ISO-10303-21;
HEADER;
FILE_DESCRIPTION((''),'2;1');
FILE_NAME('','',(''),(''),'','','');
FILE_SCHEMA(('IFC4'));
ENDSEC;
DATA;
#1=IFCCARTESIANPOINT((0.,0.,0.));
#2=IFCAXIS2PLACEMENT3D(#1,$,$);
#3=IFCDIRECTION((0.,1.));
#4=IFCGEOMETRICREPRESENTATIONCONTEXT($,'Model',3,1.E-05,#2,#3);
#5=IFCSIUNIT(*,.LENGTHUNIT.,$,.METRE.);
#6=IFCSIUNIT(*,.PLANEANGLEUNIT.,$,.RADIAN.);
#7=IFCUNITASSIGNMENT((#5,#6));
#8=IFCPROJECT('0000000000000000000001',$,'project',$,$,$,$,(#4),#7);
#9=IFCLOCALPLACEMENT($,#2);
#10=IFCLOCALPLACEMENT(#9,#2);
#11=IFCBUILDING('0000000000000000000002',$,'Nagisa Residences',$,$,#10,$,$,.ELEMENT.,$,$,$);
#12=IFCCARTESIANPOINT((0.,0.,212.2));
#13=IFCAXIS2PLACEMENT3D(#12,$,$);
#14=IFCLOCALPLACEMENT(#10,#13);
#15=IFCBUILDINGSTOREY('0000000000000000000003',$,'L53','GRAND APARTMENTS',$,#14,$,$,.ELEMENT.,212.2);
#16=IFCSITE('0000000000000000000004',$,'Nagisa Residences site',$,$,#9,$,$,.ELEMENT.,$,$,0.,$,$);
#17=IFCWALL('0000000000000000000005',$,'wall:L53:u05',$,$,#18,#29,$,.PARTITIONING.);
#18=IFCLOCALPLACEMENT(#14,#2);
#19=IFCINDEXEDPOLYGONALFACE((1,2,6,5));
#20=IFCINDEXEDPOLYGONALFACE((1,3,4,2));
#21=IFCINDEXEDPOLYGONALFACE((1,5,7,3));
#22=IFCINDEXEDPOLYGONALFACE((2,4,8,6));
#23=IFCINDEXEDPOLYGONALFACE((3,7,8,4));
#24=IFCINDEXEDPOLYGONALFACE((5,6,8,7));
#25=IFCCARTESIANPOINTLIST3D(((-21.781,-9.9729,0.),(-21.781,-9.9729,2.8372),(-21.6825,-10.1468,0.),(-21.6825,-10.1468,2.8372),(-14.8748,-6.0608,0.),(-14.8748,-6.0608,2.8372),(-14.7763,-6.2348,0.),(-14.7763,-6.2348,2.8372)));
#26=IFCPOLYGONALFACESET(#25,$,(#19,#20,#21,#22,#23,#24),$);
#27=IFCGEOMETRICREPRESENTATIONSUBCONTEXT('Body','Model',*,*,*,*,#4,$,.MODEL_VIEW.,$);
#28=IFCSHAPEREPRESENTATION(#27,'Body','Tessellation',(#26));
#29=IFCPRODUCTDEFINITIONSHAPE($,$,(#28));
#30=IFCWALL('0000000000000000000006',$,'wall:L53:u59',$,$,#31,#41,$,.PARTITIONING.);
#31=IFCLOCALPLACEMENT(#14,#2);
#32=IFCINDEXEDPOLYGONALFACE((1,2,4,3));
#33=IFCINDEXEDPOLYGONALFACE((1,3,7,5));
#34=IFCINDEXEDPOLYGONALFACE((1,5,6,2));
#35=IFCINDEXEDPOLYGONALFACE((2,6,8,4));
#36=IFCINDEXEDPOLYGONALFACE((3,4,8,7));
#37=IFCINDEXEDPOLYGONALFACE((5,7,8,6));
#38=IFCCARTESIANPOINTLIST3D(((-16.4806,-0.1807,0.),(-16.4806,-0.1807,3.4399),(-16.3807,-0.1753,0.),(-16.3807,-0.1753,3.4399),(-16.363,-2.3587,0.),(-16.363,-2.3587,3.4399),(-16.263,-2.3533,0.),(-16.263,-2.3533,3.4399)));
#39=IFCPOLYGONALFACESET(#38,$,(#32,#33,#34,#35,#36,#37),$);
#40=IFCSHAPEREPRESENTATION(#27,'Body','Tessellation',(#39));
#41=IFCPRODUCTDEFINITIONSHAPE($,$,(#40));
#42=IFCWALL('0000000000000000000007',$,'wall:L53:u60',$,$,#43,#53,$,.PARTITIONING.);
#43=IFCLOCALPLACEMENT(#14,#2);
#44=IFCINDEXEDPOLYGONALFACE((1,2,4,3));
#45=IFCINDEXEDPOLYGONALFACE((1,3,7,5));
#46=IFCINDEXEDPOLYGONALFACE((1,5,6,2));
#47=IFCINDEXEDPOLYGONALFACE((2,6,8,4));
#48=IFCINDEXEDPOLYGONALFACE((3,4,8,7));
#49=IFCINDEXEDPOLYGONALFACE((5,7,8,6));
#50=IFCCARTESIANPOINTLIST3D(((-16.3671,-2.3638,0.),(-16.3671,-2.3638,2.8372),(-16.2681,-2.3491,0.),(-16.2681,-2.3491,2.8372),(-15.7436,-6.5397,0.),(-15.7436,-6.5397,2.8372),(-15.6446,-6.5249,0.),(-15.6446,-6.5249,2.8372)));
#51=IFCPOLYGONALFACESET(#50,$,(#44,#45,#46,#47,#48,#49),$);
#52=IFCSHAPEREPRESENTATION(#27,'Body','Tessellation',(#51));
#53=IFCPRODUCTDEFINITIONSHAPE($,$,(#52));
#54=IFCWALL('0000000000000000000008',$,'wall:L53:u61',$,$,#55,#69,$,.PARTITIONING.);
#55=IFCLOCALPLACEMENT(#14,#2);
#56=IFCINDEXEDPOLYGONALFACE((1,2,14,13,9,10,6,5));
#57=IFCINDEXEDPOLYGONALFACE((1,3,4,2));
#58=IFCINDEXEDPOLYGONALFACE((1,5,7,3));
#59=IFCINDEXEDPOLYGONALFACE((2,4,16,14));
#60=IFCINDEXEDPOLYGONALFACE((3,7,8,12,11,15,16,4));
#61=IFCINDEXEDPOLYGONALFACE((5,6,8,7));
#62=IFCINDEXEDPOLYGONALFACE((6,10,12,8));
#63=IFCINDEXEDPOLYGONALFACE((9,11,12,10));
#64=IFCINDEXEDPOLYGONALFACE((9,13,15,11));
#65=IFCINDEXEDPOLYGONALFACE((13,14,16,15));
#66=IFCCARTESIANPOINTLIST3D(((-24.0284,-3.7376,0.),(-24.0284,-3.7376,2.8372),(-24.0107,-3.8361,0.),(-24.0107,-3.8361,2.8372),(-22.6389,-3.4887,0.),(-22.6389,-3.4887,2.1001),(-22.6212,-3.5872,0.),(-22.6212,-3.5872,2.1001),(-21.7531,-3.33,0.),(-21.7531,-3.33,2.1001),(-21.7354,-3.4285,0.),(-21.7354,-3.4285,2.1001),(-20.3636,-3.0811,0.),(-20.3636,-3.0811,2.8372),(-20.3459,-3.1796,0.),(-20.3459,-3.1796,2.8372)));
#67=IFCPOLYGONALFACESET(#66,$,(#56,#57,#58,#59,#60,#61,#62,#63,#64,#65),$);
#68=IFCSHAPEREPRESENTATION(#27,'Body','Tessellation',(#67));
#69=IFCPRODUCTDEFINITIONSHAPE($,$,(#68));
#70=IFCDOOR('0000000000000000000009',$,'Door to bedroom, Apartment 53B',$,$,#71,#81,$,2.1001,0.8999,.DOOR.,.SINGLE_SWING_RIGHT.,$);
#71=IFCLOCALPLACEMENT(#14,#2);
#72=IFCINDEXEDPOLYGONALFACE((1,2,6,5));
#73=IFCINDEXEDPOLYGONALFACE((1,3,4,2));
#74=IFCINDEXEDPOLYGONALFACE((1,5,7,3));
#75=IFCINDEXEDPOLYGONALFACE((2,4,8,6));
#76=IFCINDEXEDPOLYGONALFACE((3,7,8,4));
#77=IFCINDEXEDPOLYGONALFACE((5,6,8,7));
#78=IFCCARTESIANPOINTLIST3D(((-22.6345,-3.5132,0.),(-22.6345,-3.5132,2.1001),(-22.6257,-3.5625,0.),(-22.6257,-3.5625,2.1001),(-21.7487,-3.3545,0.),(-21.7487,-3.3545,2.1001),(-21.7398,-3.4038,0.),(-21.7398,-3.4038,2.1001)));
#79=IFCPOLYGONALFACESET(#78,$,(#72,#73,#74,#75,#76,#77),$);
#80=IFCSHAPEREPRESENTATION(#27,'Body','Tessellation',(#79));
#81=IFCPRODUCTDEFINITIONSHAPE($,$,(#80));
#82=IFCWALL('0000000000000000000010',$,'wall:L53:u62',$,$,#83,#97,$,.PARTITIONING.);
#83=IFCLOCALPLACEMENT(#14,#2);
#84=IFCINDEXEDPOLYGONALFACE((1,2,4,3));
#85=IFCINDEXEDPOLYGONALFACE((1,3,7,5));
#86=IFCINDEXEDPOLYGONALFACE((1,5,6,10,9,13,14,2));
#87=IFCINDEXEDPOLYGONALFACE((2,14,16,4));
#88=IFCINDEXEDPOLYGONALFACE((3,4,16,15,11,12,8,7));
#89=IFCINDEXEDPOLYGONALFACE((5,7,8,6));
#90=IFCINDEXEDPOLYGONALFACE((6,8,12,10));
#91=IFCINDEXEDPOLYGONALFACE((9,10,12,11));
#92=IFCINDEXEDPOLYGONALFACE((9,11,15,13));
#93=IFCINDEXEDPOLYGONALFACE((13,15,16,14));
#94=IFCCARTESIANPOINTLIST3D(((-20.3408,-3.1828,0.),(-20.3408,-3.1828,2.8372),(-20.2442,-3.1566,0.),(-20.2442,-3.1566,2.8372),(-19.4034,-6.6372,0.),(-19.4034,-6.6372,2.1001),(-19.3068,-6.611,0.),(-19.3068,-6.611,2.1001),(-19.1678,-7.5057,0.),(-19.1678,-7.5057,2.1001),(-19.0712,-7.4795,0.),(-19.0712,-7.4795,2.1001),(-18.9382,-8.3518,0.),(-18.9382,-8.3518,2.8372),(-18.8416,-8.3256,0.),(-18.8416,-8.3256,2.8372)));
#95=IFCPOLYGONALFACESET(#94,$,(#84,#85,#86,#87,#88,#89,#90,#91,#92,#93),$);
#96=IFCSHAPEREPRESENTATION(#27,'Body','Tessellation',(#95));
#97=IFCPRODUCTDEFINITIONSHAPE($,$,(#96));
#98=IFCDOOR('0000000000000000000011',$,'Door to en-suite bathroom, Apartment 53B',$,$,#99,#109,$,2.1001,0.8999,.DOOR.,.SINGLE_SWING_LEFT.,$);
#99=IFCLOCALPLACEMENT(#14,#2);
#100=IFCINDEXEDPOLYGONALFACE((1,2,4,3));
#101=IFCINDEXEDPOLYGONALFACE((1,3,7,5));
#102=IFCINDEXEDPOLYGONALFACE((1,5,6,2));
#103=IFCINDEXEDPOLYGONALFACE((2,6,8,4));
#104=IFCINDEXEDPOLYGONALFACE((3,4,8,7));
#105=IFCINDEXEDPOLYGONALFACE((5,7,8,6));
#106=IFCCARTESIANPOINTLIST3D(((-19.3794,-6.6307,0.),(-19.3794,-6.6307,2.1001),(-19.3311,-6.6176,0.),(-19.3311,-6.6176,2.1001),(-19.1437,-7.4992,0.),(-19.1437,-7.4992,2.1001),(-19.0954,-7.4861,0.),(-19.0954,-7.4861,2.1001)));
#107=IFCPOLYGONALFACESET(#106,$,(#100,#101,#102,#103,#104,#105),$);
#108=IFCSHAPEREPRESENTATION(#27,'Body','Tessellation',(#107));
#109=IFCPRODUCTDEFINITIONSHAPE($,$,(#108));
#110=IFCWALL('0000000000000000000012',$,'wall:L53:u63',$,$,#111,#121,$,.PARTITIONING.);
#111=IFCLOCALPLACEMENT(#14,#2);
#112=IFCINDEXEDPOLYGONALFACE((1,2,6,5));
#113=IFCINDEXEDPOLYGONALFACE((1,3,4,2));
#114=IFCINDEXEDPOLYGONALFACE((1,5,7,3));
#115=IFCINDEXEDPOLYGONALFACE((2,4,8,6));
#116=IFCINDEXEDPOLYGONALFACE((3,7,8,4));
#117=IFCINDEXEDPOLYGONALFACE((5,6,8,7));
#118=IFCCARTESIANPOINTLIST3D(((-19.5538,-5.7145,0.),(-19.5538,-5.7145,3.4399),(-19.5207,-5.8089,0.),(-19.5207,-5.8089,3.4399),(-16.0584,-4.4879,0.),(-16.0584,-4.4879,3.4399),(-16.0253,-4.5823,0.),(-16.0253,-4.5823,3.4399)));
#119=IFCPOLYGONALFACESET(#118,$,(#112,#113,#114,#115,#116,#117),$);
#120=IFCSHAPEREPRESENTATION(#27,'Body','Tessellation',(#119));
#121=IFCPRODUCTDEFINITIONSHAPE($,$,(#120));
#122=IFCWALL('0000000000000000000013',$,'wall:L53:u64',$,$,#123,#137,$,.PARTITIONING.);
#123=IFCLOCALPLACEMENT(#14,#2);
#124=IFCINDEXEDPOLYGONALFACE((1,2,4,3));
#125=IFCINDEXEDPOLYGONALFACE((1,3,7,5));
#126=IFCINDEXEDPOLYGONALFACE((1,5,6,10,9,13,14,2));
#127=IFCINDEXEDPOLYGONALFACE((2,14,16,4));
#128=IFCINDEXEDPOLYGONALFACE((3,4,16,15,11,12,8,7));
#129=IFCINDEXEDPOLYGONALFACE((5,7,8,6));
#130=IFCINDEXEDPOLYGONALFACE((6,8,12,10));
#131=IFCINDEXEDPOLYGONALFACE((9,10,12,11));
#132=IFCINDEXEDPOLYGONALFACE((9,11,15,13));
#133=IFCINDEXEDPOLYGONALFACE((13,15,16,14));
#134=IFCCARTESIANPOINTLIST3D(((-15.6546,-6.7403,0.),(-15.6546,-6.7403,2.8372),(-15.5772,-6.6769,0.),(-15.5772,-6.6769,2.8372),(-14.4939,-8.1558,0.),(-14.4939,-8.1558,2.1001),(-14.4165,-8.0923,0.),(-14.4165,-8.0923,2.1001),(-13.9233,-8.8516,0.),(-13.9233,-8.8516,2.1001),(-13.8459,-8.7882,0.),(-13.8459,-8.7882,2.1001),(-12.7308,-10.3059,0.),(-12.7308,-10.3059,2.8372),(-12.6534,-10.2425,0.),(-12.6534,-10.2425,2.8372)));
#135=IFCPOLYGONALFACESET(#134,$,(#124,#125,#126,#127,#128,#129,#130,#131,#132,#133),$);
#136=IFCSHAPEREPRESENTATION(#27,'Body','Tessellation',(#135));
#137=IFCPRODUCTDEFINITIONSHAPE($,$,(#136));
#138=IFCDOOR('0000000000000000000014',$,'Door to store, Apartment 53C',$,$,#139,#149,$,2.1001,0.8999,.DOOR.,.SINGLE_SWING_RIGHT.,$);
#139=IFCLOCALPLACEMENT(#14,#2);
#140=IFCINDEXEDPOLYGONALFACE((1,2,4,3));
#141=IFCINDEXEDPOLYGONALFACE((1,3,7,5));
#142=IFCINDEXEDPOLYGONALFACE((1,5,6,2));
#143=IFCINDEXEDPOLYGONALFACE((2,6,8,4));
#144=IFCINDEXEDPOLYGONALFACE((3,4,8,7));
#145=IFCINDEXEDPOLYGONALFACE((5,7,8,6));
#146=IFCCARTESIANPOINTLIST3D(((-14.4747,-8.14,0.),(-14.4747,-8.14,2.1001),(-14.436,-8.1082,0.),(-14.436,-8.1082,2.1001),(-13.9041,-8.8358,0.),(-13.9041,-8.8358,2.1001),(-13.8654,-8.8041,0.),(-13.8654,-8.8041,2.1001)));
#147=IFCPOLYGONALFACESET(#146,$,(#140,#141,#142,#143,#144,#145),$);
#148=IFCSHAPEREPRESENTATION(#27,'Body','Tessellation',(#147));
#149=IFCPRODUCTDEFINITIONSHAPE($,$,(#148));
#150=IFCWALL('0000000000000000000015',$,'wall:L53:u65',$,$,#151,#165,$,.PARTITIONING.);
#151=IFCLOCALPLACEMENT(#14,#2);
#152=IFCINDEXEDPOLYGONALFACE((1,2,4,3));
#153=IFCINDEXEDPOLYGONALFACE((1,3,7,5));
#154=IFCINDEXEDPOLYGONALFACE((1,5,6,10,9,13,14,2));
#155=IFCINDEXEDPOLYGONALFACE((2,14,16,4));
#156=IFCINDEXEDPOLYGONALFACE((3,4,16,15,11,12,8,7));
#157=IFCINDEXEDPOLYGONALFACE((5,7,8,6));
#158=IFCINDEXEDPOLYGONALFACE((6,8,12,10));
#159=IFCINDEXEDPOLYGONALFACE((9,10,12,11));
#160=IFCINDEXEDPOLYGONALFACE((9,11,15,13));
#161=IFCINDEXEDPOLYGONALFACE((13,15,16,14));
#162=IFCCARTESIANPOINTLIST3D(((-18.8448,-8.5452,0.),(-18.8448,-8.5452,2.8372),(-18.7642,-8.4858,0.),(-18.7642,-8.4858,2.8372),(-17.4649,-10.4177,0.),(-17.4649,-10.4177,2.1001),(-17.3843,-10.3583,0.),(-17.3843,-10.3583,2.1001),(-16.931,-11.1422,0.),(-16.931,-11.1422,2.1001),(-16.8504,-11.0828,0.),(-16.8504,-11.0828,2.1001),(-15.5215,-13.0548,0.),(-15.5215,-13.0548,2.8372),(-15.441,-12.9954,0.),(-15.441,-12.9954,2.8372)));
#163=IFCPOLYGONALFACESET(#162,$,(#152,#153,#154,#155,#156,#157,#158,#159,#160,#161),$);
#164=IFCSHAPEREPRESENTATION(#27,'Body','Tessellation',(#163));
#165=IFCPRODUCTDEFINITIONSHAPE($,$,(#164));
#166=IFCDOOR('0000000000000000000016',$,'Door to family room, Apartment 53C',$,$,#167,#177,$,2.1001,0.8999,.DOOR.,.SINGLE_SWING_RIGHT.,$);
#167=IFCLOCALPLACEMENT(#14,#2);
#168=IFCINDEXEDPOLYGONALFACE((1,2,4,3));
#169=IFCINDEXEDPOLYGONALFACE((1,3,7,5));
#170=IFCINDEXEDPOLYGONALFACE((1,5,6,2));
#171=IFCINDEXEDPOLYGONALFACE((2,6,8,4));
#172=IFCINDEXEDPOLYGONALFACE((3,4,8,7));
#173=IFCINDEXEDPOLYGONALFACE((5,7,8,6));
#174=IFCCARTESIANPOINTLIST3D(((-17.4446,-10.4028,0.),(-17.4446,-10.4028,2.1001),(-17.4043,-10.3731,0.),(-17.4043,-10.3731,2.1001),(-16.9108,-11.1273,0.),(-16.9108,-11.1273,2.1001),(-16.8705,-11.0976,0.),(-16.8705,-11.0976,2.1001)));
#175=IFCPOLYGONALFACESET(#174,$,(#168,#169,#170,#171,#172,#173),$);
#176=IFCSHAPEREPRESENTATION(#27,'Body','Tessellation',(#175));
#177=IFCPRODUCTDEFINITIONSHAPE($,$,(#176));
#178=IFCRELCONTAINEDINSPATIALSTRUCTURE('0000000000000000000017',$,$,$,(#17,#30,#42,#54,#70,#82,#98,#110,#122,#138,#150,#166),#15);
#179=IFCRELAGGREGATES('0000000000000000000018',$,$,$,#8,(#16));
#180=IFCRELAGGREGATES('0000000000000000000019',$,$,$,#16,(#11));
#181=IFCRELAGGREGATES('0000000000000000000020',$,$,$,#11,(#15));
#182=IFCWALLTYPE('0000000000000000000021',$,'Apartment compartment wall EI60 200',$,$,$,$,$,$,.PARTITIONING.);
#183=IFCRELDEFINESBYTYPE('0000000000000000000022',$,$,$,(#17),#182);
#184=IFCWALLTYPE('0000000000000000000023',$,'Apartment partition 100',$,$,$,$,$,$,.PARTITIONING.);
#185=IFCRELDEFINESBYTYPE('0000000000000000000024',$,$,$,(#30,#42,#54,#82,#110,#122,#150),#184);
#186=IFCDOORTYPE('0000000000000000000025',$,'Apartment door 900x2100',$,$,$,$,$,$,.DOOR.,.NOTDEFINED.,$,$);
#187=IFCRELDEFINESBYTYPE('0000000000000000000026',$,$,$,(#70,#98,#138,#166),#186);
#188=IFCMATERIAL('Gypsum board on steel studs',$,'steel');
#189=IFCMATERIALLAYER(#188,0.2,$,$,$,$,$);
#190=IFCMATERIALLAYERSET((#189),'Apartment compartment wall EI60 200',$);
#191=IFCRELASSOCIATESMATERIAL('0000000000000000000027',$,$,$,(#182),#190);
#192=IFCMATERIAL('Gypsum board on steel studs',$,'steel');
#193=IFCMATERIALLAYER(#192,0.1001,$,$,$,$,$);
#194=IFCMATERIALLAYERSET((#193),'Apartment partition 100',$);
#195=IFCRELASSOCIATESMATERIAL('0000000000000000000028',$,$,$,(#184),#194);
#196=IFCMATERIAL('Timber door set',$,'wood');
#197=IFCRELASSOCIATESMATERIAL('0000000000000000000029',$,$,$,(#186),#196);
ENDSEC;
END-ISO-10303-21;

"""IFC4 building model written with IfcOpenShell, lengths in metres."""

from ifc_helpers import new_model, si_unit, direction, frame, frame_2d, origin, place, context, subcontext, project, spatial, rectangle, extrude, material, layer, layer_set, type_object, element, fill, save


model = new_model("IFC4")

# Units and contexts
model_context = context("Model", 3, precision=1e-05, world=origin(), true_north=direction((0.0, 1.0)))
body_context = subcontext(model_context, "Body", "Model", "MODEL_VIEW")
ifc_project = project(units=[si_unit("LENGTHUNIT", "METRE"), si_unit("PLANEANGLEUNIT", "RADIAN")], contexts=[model_context])

# Site, building, storey
site_placement = place(None, origin())
site = spatial("IfcSite", under=ifc_project, at=site_placement, Name="Nagisa Residences site", CompositionType="ELEMENT", RefElevation=0.0)
building_placement = place(site_placement, origin())
building = spatial("IfcBuilding", under=site, at=building_placement, Name="Nagisa Residences", CompositionType="ELEMENT")
storey_placement = place(building_placement, frame((0.0, 0.0, 212.2)))
storey = spatial("IfcBuildingStorey", under=building, at=storey_placement, Name="L53", Description="GRAND APARTMENTS", CompositionType="ELEMENT", Elevation=212.2)

# Walls
ifc_material_1 = material(Name="Gypsum board on steel studs", Category="steel")
ifc_layer_1 = layer(ifc_material_1, 0.2)
ifc_layer_set_1 = layer_set([ifc_layer_1], Name="Apartment compartment wall EI60 200")
wall_type_1 = type_object("IfcWallType", Name="Apartment compartment wall EI60 200", PredefinedType="PARTITIONING", material=ifc_layer_set_1)
wall_1_placement = place(storey_placement, frame((-14.8254, -6.1477, 0.0), z_axis=(0.0, 0.0, 1.0), x_axis=(-0.8701, -0.492876, 0.0)))
element("IfcWall", 1, at=wall_1_placement, inside=storey, type_object=wall_type_1, Name="wall:L53:u05", PredefinedType="PARTITIONING", context=body_context, shape_type="SweptSolid", body=[
    extrude(rectangle(XDim=7.9373, YDim=0.2, at=frame_2d((3.9688, 0.0))), origin(), (0.0, 0.0, 1.0), 2.8372),
])
ifc_material_2 = material(Name="Gypsum board on steel studs", Category="steel")
ifc_layer_2 = layer(ifc_material_2, 0.1001)
ifc_layer_set_2 = layer_set([ifc_layer_2], Name="Apartment partition 100")
wall_type_2 = type_object("IfcWallType", Name="Apartment partition 100", PredefinedType="PARTITIONING", material=ifc_layer_set_2)
wall_2_placement = place(storey_placement, frame((-16.4307, -0.178, 0.0), z_axis=(0.0, 0.0, 1.0), x_axis=(0.053951, -0.998544, 0.0)))
element("IfcWall", 2, at=wall_2_placement, inside=storey, type_object=wall_type_2, Name="wall:L53:u59", PredefinedType="PARTITIONING", context=body_context, shape_type="SweptSolid", body=[
    extrude(rectangle(XDim=2.1812, YDim=0.1001, at=frame_2d((1.0906, 0.0))), origin(), (0.0, 0.0, 1.0), 3.4399),
])
wall_3_placement = place(storey_placement, frame((-16.3176, -2.3564, 0.0), z_axis=(0.0, 0.0, 1.0), x_axis=(0.147684, -0.989035, 0.0)))
element("IfcWall", 3, at=wall_3_placement, inside=storey, type_object=wall_type_2, Name="wall:L53:u60", PredefinedType="PARTITIONING", context=body_context, shape_type="SweptSolid", body=[
    extrude(rectangle(XDim=4.2222, YDim=0.1001, at=frame_2d((2.1111, 0.0))), origin(), (0.0, 0.0, 1.0), 2.8372),
])

# Walls, openings, doors
wall_4_placement = place(storey_placement, frame((-20.3547, -3.1304, 0.0), z_axis=(0.0, 0.0, 1.0), x_axis=(-0.984331, -0.176328, 0.0)))
wall_4 = element("IfcWall", 4, at=wall_4_placement, inside=storey, type_object=wall_type_2, Name="wall:L53:u61", PredefinedType="PARTITIONING", context=body_context, shape_type="SweptSolid", body=[
    extrude(rectangle(XDim=3.7231, YDim=0.1001, at=frame_2d((1.8616, 0.0))), origin(), (0.0, 0.0, 1.0), 2.8372),
])
opening_1_placement = place(wall_4_placement, frame((1.4116, 0.0, 0.0)))
opening_1 = element("IfcOpeningElement", 5, at=opening_1_placement, cuts=wall_4, PredefinedType="OPENING", context=body_context, shape_type="SweptSolid", body=[
    extrude(rectangle(XDim=0.8999, YDim=2.1001, at=frame_2d((0.45, 1.05))), frame((0.0, 0.0601, 0.0), z_axis=(0.0, -1.0, 0.0), x_axis=(1.0, 0.0, 0.0)), (0.0, 0.0, 1.0), 0.1201),
])
ifc_material_3 = material(Name="Timber door set", Category="wood")
door_type_1 = type_object("IfcDoorType", Name="Apartment door 900x2100", OperationType="NOTDEFINED", PredefinedType="DOOR", material=ifc_material_3)
door_1_placement = place(opening_1_placement, origin())
door_1 = element("IfcDoor", 6, at=door_1_placement, inside=storey, type_object=door_type_1, Name="Door to bedroom, Apartment 53B", OperationType="SINGLE_SWING_RIGHT", OverallHeight=2.1001, OverallWidth=0.8999, PredefinedType="DOOR", context=body_context, shape_type="SweptSolid", body=[
    extrude(rectangle(XDim=0.8999, YDim=2.1001, at=frame_2d((0.45, 1.05))), frame((0.0, 0.0249, 0.0), z_axis=(0.0, -1.0, 0.0), x_axis=(1.0, 0.0, 0.0)), (0.0, 0.0, 1.0), 0.05),
])
fill(opening_1, door_1)
wall_5_placement = place(storey_placement, frame((-20.2925, -3.1697, 0.0), z_axis=(0.0, 0.0, 1.0), x_axis=(0.261879, -0.965101, 0.0)))
wall_5 = element("IfcWall", 7, at=wall_5_placement, inside=storey, type_object=wall_type_2, Name="wall:L53:u62", PredefinedType="PARTITIONING", context=body_context, shape_type="SweptSolid", body=[
    extrude(rectangle(XDim=5.356, YDim=0.1001, at=frame_2d((2.678, 0.0))), origin(), (0.0, 0.0, 1.0), 2.8372),
])
opening_2_placement = place(wall_5_placement, frame((3.5793, 0.0, 0.0)))
opening_2 = element("IfcOpeningElement", 8, at=opening_2_placement, cuts=wall_5, PredefinedType="OPENING", context=body_context, shape_type="SweptSolid", body=[
    extrude(rectangle(XDim=0.8999, YDim=2.1001, at=frame_2d((0.45, 1.05))), frame((0.0, 0.0601, 0.0), z_axis=(0.0, -1.0, 0.0), x_axis=(1.0, 0.0, 0.0)), (0.0, 0.0, 1.0), 0.1201),
])
door_2_placement = place(opening_2_placement, origin())
door_2 = element("IfcDoor", 9, at=door_2_placement, inside=storey, type_object=door_type_1, Name="Door to en-suite bathroom, Apartment 53B", OperationType="SINGLE_SWING_LEFT", OverallHeight=2.1001, OverallWidth=0.8999, PredefinedType="DOOR", context=body_context, shape_type="SweptSolid", body=[
    extrude(rectangle(XDim=0.8999, YDim=2.1001, at=frame_2d((0.45, 1.05))), frame((0.0, 0.0249, 0.0), z_axis=(0.0, -1.0, 0.0), x_axis=(1.0, 0.0, 0.0)), (0.0, 0.0, 1.0), 0.05),
])
fill(opening_2, door_2)

# Wall
wall_6_placement = place(storey_placement, frame((-16.042, -4.5352, 0.0), z_axis=(0.0, 0.0, 1.0), x_axis=(-0.94359, -0.331117, 0.0)))
element("IfcWall", 10, at=wall_6_placement, inside=storey, type_object=wall_type_2, Name="wall:L53:u63", PredefinedType="PARTITIONING", context=body_context, shape_type="SweptSolid", body=[
    extrude(rectangle(XDim=3.7043, YDim=0.1001, at=frame_2d((1.8521, 0.0))), origin(), (0.0, 0.0, 1.0), 3.4399),
])

# Walls, openings, doors
wall_7_placement = place(storey_placement, frame((-15.616, -6.7085, 0.0), z_axis=(0.0, 0.0, 1.0), x_axis=(0.634076, -0.77327, 0.0)))
wall_7 = element("IfcWall", 11, at=wall_7_placement, inside=storey, type_object=wall_type_2, Name="wall:L53:u64", PredefinedType="PARTITIONING", context=body_context, shape_type="SweptSolid", body=[
    extrude(rectangle(XDim=4.6111, YDim=0.1001, at=frame_2d((2.3057, 0.0))), origin(), (0.0, 0.0, 1.0), 2.8372),
])
opening_3_placement = place(wall_7_placement, frame((1.8306, 0.0, 0.0)))
opening_3 = element("IfcOpeningElement", 12, at=opening_3_placement, cuts=wall_7, PredefinedType="OPENING", context=body_context, shape_type="SweptSolid", body=[
    extrude(rectangle(XDim=0.8999, YDim=2.1001, at=frame_2d((0.45, 1.05))), frame((0.0, 0.0601, 0.0), z_axis=(0.0, -1.0, 0.0), x_axis=(1.0, 0.0, 0.0)), (0.0, 0.0, 1.0), 0.1201),
])
door_3_placement = place(opening_3_placement, origin())
door_3 = element("IfcDoor", 13, at=door_3_placement, inside=storey, type_object=door_type_1, Name="Door to store, Apartment 53C", OperationType="SINGLE_SWING_RIGHT", OverallHeight=2.1001, OverallWidth=0.8999, PredefinedType="DOOR", context=body_context, shape_type="SweptSolid", body=[
    extrude(rectangle(XDim=0.8999, YDim=2.1001, at=frame_2d((0.45, 1.05))), frame((0.0, 0.0249, 0.0), z_axis=(0.0, -1.0, 0.0), x_axis=(1.0, 0.0, 0.0)), (0.0, 0.0, 1.0), 0.05),
])
fill(opening_3, door_3)
wall_8_placement = place(storey_placement, frame((-18.8044, -8.5156, 0.0), z_axis=(0.0, 0.0, 1.0), x_axis=(0.59325, -0.805019, 0.0)))
wall_8 = element("IfcWall", 14, at=wall_8_placement, inside=storey, type_object=wall_type_2, Name="wall:L53:u65", PredefinedType="PARTITIONING", context=body_context, shape_type="SweptSolid", body=[
    extrude(rectangle(XDim=5.6018, YDim=0.1001, at=frame_2d((2.8008, 0.0))), origin(), (0.0, 0.0, 1.0), 2.8372),
])
opening_4_placement = place(wall_8_placement, frame((2.3259, 0.0, 0.0)))
opening_4 = element("IfcOpeningElement", 15, at=opening_4_placement, cuts=wall_8, PredefinedType="OPENING", context=body_context, shape_type="SweptSolid", body=[
    extrude(rectangle(XDim=0.8999, YDim=2.1001, at=frame_2d((0.45, 1.05))), frame((0.0, 0.0601, 0.0), z_axis=(0.0, -1.0, 0.0), x_axis=(1.0, 0.0, 0.0)), (0.0, 0.0, 1.0), 0.1201),
])
door_4_placement = place(opening_4_placement, frame((0.8999, 0.0, 0.0), x_axis=(-1.0, 0.0, 0.0)))
door_4 = element("IfcDoor", 16, at=door_4_placement, inside=storey, type_object=door_type_1, Name="Door to family room, Apartment 53C", OperationType="SINGLE_SWING_RIGHT", OverallHeight=2.1001, OverallWidth=0.8999, PredefinedType="DOOR", context=body_context, shape_type="SweptSolid", body=[
    extrude(rectangle(XDim=0.8999, YDim=2.1001, at=frame_2d((0.45, 1.05))), frame((0.0, 0.0249, 0.0), z_axis=(0.0, -1.0, 0.0), x_axis=(1.0, 0.0, 0.0)), (0.0, 0.0, 1.0), 0.05),
])
fill(opening_4, door_4)

save(model, "model.ifc")
